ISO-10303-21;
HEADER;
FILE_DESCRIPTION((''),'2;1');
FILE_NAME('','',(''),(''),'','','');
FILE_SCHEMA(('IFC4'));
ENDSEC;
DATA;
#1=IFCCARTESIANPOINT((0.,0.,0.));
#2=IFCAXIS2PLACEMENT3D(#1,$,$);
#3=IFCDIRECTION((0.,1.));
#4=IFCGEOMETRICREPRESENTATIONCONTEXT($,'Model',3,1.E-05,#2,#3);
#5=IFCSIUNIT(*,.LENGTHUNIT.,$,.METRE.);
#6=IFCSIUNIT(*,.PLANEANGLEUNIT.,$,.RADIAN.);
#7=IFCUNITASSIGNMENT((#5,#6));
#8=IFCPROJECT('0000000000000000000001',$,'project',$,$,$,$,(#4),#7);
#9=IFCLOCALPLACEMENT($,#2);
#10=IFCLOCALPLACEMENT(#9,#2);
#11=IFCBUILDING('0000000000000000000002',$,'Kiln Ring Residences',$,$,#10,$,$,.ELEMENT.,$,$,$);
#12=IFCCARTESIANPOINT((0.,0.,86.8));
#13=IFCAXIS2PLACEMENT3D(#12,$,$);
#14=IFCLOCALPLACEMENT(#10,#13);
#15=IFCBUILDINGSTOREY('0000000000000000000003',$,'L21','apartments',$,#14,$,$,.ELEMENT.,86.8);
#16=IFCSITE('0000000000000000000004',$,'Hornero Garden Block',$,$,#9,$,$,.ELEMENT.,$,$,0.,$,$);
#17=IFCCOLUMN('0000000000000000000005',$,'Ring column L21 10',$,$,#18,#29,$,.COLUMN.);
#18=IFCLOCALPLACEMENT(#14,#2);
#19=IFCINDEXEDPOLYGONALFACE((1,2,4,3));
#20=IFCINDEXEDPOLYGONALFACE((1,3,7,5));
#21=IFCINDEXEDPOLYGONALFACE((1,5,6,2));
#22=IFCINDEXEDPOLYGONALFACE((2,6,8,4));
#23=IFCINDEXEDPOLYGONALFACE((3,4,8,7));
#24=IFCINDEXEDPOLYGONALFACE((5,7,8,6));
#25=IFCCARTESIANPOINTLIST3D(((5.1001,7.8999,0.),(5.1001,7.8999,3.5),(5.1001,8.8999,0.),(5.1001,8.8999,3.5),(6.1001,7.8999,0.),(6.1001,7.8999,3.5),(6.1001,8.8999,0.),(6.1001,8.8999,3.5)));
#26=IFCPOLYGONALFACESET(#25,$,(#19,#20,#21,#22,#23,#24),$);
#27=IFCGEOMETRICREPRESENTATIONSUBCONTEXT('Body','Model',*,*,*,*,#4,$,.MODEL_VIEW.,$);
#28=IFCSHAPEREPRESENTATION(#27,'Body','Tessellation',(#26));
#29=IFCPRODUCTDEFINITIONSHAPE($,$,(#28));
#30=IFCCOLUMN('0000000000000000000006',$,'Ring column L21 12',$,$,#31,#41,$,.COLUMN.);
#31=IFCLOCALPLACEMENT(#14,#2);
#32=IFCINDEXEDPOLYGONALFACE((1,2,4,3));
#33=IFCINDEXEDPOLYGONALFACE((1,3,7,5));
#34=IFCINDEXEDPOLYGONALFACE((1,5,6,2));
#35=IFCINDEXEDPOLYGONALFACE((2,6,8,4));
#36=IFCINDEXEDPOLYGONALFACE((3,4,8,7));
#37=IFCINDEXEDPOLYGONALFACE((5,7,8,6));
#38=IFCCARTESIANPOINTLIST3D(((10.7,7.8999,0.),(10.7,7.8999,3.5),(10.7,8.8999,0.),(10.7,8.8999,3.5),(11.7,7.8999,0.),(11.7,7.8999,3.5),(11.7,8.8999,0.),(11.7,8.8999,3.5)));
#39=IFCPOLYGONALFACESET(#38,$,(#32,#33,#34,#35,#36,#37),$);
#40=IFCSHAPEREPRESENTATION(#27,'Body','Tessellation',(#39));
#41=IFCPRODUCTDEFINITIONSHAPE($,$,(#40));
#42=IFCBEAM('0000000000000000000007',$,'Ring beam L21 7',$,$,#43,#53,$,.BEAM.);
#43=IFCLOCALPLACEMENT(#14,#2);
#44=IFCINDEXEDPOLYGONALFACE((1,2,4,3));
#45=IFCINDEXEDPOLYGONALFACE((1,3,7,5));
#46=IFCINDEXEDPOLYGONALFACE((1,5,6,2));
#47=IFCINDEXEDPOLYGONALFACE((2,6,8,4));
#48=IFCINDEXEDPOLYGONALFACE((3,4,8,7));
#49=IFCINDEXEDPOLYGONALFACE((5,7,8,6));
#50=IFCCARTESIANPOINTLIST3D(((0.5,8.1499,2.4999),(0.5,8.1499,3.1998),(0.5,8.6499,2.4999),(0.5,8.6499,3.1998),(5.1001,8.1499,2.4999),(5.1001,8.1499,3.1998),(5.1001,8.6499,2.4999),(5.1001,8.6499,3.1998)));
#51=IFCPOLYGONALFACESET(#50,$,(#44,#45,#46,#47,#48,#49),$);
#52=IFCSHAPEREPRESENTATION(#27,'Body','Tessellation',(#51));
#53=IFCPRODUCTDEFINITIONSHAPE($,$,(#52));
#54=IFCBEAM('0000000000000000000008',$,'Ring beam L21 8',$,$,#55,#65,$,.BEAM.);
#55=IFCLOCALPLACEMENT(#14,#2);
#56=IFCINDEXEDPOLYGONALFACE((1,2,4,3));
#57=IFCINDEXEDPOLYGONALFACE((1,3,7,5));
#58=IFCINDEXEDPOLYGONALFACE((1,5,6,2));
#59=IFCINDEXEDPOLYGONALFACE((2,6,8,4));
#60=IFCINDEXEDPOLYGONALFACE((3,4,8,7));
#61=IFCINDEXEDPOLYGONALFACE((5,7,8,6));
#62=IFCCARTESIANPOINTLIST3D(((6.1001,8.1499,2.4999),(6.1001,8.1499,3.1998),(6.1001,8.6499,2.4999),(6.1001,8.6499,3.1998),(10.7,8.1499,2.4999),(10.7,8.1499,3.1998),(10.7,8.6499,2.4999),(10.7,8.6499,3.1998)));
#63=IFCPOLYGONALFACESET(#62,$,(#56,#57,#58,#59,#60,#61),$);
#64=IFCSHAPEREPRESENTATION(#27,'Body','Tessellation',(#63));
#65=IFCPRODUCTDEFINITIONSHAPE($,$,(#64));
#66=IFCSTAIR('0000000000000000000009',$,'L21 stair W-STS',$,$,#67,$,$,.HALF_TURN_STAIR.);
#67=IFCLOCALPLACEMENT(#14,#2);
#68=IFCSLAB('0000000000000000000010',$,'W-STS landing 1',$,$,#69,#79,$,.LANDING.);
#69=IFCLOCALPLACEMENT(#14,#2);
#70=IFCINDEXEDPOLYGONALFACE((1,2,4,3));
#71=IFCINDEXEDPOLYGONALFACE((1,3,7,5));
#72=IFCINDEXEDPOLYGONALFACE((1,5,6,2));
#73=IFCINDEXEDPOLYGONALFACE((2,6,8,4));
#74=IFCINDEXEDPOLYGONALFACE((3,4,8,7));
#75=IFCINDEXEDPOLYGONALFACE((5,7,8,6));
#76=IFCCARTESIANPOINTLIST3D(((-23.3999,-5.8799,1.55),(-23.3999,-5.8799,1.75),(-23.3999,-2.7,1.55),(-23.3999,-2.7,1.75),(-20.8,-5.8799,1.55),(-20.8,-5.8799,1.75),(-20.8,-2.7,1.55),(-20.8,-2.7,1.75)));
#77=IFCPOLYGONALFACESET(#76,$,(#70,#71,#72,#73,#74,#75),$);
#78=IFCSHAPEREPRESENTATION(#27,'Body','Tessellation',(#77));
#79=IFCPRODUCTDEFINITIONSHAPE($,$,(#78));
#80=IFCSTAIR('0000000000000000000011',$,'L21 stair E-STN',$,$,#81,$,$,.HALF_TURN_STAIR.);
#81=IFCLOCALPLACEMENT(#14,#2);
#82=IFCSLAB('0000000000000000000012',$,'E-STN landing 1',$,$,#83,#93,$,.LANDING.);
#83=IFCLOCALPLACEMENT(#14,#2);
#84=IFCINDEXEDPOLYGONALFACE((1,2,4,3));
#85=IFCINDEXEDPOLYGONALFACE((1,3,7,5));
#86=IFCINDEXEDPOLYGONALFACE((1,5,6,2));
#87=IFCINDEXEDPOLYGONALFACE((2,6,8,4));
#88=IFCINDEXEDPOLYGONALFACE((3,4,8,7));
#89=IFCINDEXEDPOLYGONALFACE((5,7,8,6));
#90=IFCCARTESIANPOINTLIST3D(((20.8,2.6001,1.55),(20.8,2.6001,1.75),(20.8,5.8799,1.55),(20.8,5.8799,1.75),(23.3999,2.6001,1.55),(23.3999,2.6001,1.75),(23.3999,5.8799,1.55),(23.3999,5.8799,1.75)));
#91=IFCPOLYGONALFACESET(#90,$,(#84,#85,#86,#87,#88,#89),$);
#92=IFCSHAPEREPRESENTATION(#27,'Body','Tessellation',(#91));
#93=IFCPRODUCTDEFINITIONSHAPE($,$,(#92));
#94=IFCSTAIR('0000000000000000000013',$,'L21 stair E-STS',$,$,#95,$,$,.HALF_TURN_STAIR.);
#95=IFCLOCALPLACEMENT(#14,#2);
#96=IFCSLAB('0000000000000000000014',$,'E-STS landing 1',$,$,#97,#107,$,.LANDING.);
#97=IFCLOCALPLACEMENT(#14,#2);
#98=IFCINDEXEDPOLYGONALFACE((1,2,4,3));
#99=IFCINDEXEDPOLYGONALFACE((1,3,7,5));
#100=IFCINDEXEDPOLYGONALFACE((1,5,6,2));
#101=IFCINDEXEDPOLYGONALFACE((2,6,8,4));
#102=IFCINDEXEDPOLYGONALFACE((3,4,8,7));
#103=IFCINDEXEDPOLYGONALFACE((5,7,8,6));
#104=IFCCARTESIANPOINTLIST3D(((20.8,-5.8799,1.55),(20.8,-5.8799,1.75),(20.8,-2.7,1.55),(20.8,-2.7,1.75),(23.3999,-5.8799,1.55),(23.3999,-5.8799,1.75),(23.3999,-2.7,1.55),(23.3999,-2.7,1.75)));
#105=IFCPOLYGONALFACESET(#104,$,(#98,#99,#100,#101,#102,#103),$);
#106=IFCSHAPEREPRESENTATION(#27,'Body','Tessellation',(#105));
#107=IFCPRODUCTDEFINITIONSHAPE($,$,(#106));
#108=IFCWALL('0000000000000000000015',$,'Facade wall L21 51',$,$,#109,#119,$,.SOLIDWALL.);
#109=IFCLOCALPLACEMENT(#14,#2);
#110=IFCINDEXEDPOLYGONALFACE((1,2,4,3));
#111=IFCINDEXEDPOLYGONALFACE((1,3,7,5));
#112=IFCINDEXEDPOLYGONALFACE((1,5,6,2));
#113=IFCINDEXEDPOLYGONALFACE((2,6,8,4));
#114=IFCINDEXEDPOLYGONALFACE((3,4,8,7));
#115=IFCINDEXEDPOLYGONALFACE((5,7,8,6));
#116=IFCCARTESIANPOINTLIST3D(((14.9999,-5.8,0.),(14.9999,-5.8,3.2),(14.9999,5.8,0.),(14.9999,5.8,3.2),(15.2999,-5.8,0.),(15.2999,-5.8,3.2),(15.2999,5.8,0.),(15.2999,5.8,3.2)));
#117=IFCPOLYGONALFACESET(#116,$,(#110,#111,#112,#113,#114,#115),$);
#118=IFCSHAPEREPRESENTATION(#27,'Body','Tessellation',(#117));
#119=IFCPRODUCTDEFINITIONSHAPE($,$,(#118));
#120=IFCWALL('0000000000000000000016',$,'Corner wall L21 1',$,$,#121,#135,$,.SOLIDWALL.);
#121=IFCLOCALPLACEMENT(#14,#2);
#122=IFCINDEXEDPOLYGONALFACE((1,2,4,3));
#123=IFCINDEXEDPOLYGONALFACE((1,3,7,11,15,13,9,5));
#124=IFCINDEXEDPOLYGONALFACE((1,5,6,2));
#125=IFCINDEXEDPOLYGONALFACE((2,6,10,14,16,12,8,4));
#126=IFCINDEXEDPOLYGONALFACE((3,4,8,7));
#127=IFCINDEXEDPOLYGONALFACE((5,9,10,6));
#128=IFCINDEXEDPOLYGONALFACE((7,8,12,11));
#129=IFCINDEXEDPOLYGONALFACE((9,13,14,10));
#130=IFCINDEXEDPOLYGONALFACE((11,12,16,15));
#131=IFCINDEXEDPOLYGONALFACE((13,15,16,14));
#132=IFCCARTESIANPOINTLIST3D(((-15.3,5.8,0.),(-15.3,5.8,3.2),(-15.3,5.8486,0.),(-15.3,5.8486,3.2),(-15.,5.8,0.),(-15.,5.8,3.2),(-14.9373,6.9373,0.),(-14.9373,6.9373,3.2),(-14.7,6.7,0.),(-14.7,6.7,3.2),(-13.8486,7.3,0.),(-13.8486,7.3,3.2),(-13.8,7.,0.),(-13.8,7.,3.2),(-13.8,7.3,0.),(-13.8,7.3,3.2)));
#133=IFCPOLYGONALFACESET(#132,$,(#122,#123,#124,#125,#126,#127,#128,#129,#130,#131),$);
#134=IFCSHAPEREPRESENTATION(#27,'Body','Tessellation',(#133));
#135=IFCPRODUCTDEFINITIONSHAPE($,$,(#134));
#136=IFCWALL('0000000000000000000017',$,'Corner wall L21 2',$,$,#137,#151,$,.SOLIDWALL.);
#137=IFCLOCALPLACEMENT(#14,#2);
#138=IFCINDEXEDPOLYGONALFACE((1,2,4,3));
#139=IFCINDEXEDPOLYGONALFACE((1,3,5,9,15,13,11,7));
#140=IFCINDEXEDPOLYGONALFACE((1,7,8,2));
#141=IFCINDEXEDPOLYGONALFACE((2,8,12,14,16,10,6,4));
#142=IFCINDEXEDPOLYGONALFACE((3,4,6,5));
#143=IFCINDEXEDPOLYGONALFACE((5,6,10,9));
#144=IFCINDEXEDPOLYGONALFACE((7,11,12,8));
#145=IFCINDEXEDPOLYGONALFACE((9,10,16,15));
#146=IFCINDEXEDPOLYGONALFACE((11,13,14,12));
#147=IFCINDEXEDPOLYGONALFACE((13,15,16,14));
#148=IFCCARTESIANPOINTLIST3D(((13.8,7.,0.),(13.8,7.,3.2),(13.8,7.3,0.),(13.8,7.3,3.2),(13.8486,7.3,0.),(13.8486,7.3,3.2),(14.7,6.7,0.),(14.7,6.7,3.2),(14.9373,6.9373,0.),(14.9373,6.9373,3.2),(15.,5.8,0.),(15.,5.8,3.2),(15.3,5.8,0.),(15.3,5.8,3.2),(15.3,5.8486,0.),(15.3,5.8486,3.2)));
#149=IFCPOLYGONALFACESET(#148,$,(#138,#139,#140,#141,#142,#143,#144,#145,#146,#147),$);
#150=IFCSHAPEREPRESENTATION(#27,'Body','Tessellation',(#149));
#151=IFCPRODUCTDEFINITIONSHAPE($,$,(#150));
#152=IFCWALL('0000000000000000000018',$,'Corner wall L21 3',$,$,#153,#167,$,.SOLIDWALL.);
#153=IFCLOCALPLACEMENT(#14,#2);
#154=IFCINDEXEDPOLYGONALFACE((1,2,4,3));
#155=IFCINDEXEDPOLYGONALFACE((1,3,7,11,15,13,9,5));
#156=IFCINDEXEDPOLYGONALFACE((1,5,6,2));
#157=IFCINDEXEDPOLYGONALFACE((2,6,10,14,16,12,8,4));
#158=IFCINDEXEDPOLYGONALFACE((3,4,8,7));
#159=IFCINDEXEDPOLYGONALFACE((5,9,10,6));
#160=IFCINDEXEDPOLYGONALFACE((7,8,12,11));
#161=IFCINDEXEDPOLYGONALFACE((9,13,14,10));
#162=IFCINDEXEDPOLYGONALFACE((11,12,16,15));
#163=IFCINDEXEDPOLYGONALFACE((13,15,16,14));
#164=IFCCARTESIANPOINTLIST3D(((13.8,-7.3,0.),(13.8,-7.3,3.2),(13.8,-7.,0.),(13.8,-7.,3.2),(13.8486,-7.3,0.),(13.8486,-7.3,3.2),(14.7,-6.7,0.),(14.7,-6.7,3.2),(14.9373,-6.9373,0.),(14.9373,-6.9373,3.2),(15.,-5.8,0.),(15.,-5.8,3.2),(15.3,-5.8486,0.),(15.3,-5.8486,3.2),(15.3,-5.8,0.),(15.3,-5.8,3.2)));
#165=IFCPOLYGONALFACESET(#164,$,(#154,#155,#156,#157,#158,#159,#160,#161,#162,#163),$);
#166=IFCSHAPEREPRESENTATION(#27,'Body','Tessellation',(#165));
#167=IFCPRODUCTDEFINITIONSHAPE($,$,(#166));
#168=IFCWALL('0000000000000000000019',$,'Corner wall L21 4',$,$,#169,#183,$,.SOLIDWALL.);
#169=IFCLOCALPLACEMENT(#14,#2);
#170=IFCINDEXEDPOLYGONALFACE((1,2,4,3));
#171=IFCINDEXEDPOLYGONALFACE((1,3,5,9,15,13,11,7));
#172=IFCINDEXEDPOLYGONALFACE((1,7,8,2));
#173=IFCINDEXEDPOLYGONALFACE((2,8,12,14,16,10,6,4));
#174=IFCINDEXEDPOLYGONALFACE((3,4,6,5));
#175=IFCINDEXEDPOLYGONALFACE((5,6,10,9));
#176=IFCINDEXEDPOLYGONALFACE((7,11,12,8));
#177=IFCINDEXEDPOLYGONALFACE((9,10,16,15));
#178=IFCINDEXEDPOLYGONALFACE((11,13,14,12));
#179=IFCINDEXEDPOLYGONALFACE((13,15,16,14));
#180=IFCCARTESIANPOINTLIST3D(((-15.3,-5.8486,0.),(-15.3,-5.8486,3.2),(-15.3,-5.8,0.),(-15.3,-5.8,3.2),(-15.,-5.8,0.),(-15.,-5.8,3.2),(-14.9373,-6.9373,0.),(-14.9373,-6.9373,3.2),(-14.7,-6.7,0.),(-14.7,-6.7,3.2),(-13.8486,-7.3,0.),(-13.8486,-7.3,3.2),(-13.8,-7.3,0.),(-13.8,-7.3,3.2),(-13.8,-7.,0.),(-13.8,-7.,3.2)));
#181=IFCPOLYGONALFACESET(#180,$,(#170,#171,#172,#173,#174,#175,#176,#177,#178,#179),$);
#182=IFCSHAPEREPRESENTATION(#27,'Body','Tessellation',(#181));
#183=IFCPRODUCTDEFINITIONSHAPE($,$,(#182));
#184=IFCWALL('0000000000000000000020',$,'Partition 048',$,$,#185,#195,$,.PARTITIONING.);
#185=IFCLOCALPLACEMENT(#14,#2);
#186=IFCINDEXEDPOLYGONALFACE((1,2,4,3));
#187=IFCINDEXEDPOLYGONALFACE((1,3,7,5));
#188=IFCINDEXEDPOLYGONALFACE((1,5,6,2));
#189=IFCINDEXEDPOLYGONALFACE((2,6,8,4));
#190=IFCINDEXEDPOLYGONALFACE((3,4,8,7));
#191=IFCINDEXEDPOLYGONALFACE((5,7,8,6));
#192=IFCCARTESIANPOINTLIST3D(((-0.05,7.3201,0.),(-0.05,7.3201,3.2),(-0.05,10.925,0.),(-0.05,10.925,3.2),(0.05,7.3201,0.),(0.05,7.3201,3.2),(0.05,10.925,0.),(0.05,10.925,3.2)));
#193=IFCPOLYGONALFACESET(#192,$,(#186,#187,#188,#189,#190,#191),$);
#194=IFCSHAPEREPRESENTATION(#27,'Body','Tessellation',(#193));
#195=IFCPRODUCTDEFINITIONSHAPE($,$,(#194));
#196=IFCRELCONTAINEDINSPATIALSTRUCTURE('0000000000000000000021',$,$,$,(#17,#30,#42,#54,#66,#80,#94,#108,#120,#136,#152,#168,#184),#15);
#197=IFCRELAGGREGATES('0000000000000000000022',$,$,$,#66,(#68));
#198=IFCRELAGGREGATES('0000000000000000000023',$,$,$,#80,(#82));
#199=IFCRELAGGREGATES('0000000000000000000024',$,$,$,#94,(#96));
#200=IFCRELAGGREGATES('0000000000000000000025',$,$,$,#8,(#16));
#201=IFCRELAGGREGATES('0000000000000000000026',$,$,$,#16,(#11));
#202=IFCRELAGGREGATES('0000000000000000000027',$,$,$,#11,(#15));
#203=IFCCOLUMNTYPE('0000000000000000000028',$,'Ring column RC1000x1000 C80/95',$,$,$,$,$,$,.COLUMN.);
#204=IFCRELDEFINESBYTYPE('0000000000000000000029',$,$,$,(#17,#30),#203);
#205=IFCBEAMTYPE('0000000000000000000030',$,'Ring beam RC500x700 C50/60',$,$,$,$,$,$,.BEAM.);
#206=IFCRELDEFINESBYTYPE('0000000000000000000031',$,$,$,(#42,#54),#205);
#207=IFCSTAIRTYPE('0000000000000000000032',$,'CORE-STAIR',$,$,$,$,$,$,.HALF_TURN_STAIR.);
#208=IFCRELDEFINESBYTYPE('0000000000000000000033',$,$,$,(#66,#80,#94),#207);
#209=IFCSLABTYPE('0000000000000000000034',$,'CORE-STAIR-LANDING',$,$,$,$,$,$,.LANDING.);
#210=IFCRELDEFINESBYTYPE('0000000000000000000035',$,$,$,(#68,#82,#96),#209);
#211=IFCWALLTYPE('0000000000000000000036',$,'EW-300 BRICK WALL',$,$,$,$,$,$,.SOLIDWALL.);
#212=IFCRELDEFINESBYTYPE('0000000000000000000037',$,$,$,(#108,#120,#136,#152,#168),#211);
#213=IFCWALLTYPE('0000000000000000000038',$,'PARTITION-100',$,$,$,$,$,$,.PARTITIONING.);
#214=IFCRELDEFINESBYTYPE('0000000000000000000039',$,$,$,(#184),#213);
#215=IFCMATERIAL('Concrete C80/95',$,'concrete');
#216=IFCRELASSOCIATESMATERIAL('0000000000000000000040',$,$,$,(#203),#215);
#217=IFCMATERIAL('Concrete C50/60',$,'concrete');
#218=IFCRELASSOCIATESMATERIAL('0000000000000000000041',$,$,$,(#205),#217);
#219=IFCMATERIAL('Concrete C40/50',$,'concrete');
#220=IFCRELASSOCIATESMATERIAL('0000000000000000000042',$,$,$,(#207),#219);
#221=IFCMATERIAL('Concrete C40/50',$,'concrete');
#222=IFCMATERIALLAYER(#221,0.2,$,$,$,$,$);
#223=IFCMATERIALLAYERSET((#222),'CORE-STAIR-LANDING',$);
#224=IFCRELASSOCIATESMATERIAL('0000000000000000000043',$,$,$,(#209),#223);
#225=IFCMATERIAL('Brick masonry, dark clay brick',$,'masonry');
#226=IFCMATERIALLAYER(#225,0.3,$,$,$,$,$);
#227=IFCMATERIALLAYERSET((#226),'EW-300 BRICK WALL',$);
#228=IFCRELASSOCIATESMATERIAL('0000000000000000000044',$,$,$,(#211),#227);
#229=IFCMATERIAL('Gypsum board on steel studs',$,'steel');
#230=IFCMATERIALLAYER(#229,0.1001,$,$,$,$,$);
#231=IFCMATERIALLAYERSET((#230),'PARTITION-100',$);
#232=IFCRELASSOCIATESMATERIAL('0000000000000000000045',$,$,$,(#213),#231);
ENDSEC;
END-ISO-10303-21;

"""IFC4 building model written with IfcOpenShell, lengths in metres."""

from ifc_helpers import new_model, si_unit, direction, frame, frame_2d, origin, origin_2d, place, context, subcontext, project, spatial, polyline, rectangle, outline, extrude, material, layer, layer_set, material_profile, profile_set, type_object, element, aggregate, save


model = new_model("IFC4")

# Units and contexts
model_context = context("Model", 3, precision=1e-05, world=origin(), true_north=direction((0.0, 1.0)))
body_context = subcontext(model_context, "Body", "Model", "MODEL_VIEW")
ifc_project = project(units=[si_unit("LENGTHUNIT", "METRE"), si_unit("PLANEANGLEUNIT", "RADIAN")], contexts=[model_context])

# Site, building, storey
site_placement = place(None, origin())
site = spatial("IfcSite", under=ifc_project, at=site_placement, Name="Hornero Garden Block", CompositionType="ELEMENT", RefElevation=0.0)
building_placement = place(site_placement, origin())
building = spatial("IfcBuilding", under=site, at=building_placement, Name="Kiln Ring Residences", CompositionType="ELEMENT")
storey_placement = place(building_placement, frame((0.0, 0.0, 86.8)))
storey = spatial("IfcBuildingStorey", under=building, at=storey_placement, Name="L21", Description="apartments", CompositionType="ELEMENT", Elevation=86.8)

# Columns
ifc_material_1 = material(Name="Concrete C80/95", Category="concrete")
ifc_material_profile_1 = material_profile(ifc_material_1, rectangle(XDim=1.0, YDim=1.0, at=origin_2d()), Name="RC1000x1000")
ifc_profile_set_1 = profile_set([ifc_material_profile_1], Name="Concrete C80/95")
column_type = type_object("IfcColumnType", Name="Ring column RC1000x1000 C80/95", PredefinedType="COLUMN", material=ifc_profile_set_1)
for number, where, z_axis, x_axis, name in (
    (1, (5.6001, 8.3999, 0.0), (0.0, 0.0, 1.0), (1.0, 0.0, 0.0), "Ring column L21 10"),
    (2, (11.2, 8.3999, 0.0), (0.0, 0.0, 1.0), (1.0, 0.0, 0.0), "Ring column L21 12"),
):
    element("IfcColumn", number, at=place(storey_placement, frame(where, z_axis=z_axis, x_axis=x_axis)), inside=storey, type_object=column_type, Name=name, PredefinedType="COLUMN", context=body_context, shape_type="SweptSolid", body=[
        extrude(rectangle(XDim=1.0, YDim=1.0, at=origin_2d()), origin(), (0.0, 0.0, 1.0), 3.5),
    ])

# Beams
ifc_material_2 = material(Name="Concrete C50/60", Category="concrete")
ifc_material_profile_2 = material_profile(ifc_material_2, rectangle(XDim=0.5, YDim=0.7, at=origin_2d()), Name="RC500x700")
ifc_profile_set_2 = profile_set([ifc_material_profile_2], Name="Concrete C50/60")
beam_type = type_object("IfcBeamType", Name="Ring beam RC500x700 C50/60", PredefinedType="BEAM", material=ifc_profile_set_2)
beam_1_placement = place(storey_placement, frame((0.5, 8.3999, 2.8499), z_axis=(1.0, 0.0, 0.0), x_axis=(0.0, 1.0, 0.0)))
element("IfcBeam", 3, at=beam_1_placement, inside=storey, type_object=beam_type, Name="Ring beam L21 7", PredefinedType="BEAM", context=body_context, shape_type="SweptSolid", body=[
    extrude(rectangle(XDim=0.5, YDim=0.7, at=origin_2d()), origin(), (0.0, 0.0, 1.0), 4.6001),
])
beam_2_placement = place(storey_placement, frame((6.1001, 8.3999, 2.8499), z_axis=(1.0, 0.0, 0.0), x_axis=(0.0, 1.0, 0.0)))
element("IfcBeam", 4, at=beam_2_placement, inside=storey, type_object=beam_type, Name="Ring beam L21 8", PredefinedType="BEAM", context=body_context, shape_type="SweptSolid", body=[
    extrude(rectangle(XDim=0.5, YDim=0.7, at=origin_2d()), origin(), (0.0, 0.0, 1.0), 4.5999),
])

# Stairs, slabs
ifc_material_3 = material(Name="Concrete C40/50", Category="concrete")
stair_type = type_object("IfcStairType", Name="CORE-STAIR", PredefinedType="HALF_TURN_STAIR", material=ifc_material_3)
placement_1 = place(storey_placement, origin())
stair_1 = element("IfcStair", 5, at=placement_1, inside=storey, type_object=stair_type, Name="L21 stair W-STS", PredefinedType="HALF_TURN_STAIR")
ifc_material_4 = material(Name="Concrete C40/50", Category="concrete")
ifc_layer_1 = layer(ifc_material_4, 0.2)
ifc_layer_set_1 = layer_set([ifc_layer_1], Name="CORE-STAIR-LANDING")
slab_type = type_object("IfcSlabType", Name="CORE-STAIR-LANDING", PredefinedType="LANDING", material=ifc_layer_set_1)
placement_2 = place(storey_placement, frame((0.0, 0.0, 1.55)))
slab_1 = element("IfcSlab", 6, at=placement_2, type_object=slab_type, Name="W-STS landing 1", PredefinedType="LANDING", context=body_context, shape_type="SweptSolid", body=[
    extrude(outline(polyline([(-20.8, -5.8799), (-20.8, -2.7), (-23.3999, -2.7), (-23.3999, -5.8799), (-20.8, -5.8799)])), origin(), (0.0, 0.0, 1.0), 0.2),
])
aggregate(stair_1, [slab_1])
stair_2 = element("IfcStair", 7, at=placement_1, inside=storey, type_object=stair_type, Name="L21 stair E-STN", PredefinedType="HALF_TURN_STAIR")
slab_2 = element("IfcSlab", 8, at=placement_2, type_object=slab_type, Name="E-STN landing 1", PredefinedType="LANDING", context=body_context, shape_type="SweptSolid", body=[
    extrude(outline(polyline([(20.8, 5.8799), (20.8, 2.6001), (23.3999, 2.6001), (23.3999, 5.8799), (20.8, 5.8799)])), origin(), (0.0, 0.0, 1.0), 0.2),
])
aggregate(stair_2, [slab_2])
stair_3 = element("IfcStair", 9, at=placement_1, inside=storey, type_object=stair_type, Name="L21 stair E-STS", PredefinedType="HALF_TURN_STAIR")
slab_3 = element("IfcSlab", 10, at=placement_2, type_object=slab_type, Name="E-STS landing 1", PredefinedType="LANDING", context=body_context, shape_type="SweptSolid", body=[
    extrude(outline(polyline([(23.3999, -5.8799), (23.3999, -2.7), (20.8, -2.7), (20.8, -5.8799), (23.3999, -5.8799)])), origin(), (0.0, 0.0, 1.0), 0.2),
])
aggregate(stair_3, [slab_3])

# Walls
ifc_material_5 = material(Name="Brick masonry, dark clay brick", Category="masonry")
ifc_layer_2 = layer(ifc_material_5, 0.3)
ifc_layer_set_2 = layer_set([ifc_layer_2], Name="EW-300 BRICK WALL")
wall_type_1 = type_object("IfcWallType", Name="EW-300 BRICK WALL", PredefinedType="SOLIDWALL", material=ifc_layer_set_2)
wall_1_placement = place(storey_placement, frame((15.1499, 5.8, 0.0), z_axis=(0.0, 0.0, 1.0), x_axis=(0.0, -1.0, 0.0)))
element("IfcWall", 11, at=wall_1_placement, inside=storey, type_object=wall_type_1, Name="Facade wall L21 51", PredefinedType="SOLIDWALL", context=body_context, shape_type="SweptSolid", body=[
    extrude(rectangle(XDim=11.6001, YDim=0.3, at=frame_2d((5.8, 0.0))), origin(), (0.0, 0.0, 1.0), 3.2),
])
element("IfcWall", 12, at=placement_1, inside=storey, type_object=wall_type_1, Name="Corner wall L21 1", PredefinedType="SOLIDWALL", context=body_context, shape_type="SweptSolid", body=[
    extrude(outline(polyline([(-13.8486, 7.3), (-14.9373, 6.9373), (-15.3, 5.8486), (-15.3, 5.8), (-15.0, 5.8), (-14.7, 6.7), (-13.8, 7.0), (-13.8, 7.3), (-13.8486, 7.3)])), origin(), (0.0, 0.0, 1.0), 3.2),
])
element("IfcWall", 13, at=placement_1, inside=storey, type_object=wall_type_1, Name="Corner wall L21 2", PredefinedType="SOLIDWALL", context=body_context, shape_type="SweptSolid", body=[
    extrude(outline(polyline([(14.9373, 6.9373), (13.8486, 7.3), (13.8, 7.3), (13.8, 7.0), (14.7, 6.7), (15.0, 5.8), (15.3, 5.8), (15.3, 5.8486), (14.9373, 6.9373)])), origin(), (0.0, 0.0, 1.0), 3.2),
])
element("IfcWall", 14, at=placement_1, inside=storey, type_object=wall_type_1, Name="Corner wall L21 3", PredefinedType="SOLIDWALL", context=body_context, shape_type="SweptSolid", body=[
    extrude(outline(polyline([(14.9373, -6.9373), (15.3, -5.8486), (15.3, -5.8), (15.0, -5.8), (14.7, -6.7), (13.8, -7.0), (13.8, -7.3), (13.8486, -7.3), (14.9373, -6.9373)])), origin(), (0.0, 0.0, 1.0), 3.2),
])
element("IfcWall", 15, at=placement_1, inside=storey, type_object=wall_type_1, Name="Corner wall L21 4", PredefinedType="SOLIDWALL", context=body_context, shape_type="SweptSolid", body=[
    extrude(outline(polyline([(-14.9373, -6.9373), (-13.8486, -7.3), (-13.8, -7.3), (-13.8, -7.0), (-14.7, -6.7), (-15.0, -5.8), (-15.3, -5.8), (-15.3, -5.8486), (-14.9373, -6.9373)])), origin(), (0.0, 0.0, 1.0), 3.2),
])
ifc_material_6 = material(Name="Gypsum board on steel studs", Category="steel")
ifc_layer_3 = layer(ifc_material_6, 0.1001)
ifc_layer_set_3 = layer_set([ifc_layer_3], Name="PARTITION-100")
wall_type_2 = type_object("IfcWallType", Name="PARTITION-100", PredefinedType="PARTITIONING", material=ifc_layer_set_3)
for number, where, z_axis, x_axis, name in (
    (16, (0.0, 7.3201, 0.0), (0.0, 0.0, 1.0), (0.0, 1.0, 0.0), "Partition 048"),
):
    element("IfcWall", number, at=place(storey_placement, frame(where, z_axis=z_axis, x_axis=x_axis)), inside=storey, type_object=wall_type_2, Name=name, PredefinedType="PARTITIONING", context=body_context, shape_type="SweptSolid", body=[
        extrude(rectangle(XDim=3.605, YDim=0.1001, at=frame_2d((1.8025, 0.0))), origin(), (0.0, 0.0, 1.0), 3.2),
    ])

save(model, "model.ifc")
